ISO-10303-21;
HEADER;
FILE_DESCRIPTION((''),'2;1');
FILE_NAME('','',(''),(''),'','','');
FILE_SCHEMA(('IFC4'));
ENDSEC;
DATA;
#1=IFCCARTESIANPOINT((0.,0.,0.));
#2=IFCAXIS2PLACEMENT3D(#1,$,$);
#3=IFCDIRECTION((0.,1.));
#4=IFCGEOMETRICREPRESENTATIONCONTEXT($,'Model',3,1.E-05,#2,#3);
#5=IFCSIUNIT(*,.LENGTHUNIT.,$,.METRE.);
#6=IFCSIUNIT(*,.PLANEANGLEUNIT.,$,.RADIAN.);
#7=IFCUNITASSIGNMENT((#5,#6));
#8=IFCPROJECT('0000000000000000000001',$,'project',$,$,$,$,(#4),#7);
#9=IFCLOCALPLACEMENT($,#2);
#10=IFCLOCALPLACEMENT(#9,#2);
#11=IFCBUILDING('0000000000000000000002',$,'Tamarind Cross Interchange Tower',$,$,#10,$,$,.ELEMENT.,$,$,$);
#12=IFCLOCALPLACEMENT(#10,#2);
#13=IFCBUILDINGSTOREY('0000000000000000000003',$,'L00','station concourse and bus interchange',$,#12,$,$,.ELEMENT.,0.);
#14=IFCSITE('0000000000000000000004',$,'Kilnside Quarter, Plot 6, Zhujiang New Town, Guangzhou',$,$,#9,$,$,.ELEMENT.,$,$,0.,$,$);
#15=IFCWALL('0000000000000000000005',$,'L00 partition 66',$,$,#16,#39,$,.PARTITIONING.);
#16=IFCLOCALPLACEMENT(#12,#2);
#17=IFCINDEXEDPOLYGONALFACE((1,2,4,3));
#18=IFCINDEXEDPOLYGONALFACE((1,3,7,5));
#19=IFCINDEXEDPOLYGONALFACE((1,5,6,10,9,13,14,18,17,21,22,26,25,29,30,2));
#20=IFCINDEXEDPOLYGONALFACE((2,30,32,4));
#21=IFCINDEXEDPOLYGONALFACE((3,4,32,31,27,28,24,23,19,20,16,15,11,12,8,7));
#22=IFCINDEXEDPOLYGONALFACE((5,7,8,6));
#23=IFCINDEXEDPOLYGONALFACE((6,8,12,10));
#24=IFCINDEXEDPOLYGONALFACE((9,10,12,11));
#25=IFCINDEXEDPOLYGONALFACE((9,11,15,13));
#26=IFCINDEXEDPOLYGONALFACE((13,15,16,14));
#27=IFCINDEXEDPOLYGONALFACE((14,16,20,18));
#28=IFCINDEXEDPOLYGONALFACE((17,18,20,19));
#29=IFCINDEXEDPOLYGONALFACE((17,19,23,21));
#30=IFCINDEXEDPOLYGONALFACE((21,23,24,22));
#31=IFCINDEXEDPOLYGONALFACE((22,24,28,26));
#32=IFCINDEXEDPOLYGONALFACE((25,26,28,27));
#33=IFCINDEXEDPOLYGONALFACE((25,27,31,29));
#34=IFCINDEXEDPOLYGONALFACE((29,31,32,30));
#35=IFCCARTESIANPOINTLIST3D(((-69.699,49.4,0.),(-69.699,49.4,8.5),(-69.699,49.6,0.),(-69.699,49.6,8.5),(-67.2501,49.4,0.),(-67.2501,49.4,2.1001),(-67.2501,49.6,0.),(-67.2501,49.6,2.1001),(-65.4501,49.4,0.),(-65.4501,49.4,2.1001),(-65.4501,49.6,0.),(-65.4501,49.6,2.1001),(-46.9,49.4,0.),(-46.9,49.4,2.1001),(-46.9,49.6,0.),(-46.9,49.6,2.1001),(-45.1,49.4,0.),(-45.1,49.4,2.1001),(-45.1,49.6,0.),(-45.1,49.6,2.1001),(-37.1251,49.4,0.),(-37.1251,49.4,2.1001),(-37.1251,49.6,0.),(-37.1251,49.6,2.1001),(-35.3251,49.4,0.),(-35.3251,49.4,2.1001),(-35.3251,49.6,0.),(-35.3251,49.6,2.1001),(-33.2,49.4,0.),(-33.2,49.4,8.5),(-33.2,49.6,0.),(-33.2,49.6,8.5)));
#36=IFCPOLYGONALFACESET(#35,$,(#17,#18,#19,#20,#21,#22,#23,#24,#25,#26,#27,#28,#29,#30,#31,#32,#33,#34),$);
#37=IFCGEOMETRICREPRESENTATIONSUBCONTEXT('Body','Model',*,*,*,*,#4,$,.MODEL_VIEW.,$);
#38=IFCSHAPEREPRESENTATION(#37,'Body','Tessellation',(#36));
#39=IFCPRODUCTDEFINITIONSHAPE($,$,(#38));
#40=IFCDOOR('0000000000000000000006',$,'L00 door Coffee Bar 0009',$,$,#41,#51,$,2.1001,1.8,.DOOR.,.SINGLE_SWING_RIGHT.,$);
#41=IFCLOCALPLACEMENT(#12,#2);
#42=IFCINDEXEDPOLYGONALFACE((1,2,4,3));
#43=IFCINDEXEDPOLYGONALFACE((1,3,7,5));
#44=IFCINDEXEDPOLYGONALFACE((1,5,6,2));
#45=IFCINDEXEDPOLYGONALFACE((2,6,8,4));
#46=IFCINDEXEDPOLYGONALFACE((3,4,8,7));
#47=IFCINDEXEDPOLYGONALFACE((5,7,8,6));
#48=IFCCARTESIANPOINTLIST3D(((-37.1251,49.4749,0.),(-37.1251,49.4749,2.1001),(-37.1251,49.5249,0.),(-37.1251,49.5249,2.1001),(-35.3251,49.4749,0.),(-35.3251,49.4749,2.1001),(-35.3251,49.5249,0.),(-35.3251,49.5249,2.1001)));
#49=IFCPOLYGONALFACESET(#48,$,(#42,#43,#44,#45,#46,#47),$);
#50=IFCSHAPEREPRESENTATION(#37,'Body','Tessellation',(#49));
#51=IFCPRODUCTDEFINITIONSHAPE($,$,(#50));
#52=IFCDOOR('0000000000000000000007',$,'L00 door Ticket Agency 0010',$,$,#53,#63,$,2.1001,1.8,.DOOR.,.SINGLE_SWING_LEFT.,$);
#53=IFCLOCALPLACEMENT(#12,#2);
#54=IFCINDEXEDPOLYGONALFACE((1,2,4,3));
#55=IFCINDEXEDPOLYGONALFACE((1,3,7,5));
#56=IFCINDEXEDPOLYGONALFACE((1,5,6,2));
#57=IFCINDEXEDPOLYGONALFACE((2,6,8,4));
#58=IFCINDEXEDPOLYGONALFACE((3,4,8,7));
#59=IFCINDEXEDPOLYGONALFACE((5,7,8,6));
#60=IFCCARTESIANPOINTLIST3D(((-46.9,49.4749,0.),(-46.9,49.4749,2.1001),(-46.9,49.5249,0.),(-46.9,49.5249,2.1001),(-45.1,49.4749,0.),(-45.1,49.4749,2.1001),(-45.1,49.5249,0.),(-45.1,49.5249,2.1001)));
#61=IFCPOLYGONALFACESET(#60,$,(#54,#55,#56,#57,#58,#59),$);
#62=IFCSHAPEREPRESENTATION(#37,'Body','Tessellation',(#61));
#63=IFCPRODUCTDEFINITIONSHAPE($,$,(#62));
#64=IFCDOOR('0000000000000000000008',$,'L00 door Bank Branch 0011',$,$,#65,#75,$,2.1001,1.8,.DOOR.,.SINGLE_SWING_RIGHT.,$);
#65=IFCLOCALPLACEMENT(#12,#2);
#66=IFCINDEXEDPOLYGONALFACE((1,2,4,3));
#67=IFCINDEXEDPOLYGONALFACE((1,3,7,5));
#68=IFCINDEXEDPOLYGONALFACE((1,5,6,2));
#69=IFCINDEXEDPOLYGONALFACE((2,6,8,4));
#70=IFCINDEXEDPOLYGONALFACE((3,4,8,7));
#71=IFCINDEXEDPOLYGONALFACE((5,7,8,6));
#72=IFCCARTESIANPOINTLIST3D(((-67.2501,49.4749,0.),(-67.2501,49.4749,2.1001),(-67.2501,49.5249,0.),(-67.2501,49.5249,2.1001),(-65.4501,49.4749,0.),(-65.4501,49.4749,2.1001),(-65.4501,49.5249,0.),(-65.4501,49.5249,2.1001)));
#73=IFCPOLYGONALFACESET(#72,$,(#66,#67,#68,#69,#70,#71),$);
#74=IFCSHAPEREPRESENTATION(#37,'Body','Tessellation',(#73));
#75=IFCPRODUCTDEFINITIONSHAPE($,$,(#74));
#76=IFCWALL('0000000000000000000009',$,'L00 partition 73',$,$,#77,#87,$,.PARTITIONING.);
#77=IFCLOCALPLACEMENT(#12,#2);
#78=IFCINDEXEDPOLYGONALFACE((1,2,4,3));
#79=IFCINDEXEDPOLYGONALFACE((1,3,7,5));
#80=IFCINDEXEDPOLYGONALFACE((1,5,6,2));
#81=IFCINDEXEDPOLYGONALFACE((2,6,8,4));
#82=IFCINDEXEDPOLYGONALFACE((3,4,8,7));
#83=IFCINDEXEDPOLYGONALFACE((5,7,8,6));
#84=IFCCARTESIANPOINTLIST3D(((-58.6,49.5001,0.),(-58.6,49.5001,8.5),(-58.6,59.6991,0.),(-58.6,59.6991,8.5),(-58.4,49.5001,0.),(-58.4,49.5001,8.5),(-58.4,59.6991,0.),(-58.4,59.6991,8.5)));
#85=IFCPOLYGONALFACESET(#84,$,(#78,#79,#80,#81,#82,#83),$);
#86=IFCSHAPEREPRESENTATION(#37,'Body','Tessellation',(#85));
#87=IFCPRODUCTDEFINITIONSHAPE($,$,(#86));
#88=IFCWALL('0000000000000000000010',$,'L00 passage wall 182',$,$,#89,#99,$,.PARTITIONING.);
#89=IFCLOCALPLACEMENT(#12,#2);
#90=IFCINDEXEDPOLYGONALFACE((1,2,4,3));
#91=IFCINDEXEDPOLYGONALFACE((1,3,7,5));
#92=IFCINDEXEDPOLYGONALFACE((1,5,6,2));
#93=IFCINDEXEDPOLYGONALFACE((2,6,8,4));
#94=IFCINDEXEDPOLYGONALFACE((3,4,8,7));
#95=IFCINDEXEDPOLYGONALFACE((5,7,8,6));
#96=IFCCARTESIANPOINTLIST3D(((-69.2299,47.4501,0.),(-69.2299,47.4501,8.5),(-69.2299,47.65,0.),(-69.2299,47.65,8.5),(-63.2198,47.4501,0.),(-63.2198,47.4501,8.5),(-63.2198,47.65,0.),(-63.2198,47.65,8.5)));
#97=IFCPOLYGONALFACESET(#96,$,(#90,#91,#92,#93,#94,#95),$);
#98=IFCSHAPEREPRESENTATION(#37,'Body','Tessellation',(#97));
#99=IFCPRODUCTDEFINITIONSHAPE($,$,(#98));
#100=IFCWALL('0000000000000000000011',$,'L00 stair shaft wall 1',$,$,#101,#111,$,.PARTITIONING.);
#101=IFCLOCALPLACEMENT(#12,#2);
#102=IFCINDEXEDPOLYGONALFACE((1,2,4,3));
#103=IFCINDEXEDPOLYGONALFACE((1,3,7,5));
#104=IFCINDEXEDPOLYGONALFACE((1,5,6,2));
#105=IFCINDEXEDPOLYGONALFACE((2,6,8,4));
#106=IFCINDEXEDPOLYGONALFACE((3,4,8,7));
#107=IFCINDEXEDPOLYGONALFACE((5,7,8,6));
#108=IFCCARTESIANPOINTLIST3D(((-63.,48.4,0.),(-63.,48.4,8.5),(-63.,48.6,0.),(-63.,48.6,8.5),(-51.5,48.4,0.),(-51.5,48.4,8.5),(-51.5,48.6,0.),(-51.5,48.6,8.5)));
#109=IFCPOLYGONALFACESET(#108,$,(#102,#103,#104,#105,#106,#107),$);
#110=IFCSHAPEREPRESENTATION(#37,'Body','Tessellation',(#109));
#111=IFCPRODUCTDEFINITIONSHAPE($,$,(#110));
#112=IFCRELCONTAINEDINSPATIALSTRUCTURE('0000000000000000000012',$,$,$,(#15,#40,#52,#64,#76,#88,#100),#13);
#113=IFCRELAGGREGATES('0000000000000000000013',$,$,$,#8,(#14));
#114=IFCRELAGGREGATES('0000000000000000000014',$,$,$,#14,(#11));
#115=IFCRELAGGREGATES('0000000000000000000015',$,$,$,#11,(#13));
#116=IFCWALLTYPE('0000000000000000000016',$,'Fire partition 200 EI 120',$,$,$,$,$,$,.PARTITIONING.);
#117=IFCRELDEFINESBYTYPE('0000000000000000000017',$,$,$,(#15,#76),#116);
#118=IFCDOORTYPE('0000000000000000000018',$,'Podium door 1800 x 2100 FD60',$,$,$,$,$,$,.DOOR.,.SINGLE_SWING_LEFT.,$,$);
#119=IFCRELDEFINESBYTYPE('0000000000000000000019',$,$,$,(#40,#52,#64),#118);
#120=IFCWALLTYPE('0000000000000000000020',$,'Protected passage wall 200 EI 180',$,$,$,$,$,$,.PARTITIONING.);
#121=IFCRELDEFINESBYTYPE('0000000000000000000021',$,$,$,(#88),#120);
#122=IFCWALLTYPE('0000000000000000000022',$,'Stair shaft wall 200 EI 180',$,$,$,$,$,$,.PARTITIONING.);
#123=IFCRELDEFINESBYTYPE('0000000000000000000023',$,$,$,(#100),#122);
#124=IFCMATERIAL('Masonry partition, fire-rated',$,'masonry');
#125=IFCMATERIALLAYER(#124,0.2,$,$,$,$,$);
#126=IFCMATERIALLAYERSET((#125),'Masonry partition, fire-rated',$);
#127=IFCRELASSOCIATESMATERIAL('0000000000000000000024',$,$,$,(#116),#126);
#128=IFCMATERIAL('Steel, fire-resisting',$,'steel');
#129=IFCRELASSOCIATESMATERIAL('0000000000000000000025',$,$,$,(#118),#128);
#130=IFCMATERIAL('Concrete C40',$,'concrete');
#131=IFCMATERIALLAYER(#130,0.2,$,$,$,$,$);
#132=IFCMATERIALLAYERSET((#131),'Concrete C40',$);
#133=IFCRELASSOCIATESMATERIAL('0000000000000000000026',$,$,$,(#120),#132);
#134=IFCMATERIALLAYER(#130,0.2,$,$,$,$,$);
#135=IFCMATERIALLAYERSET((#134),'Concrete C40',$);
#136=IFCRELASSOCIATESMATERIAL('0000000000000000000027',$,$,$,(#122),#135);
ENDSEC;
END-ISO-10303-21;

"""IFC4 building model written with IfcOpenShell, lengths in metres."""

from ifc_helpers import new_model, si_unit, direction, frame, frame_2d, origin, place, context, subcontext, project, spatial, rectangle, extrude, material, layer, layer_set, type_object, element, fill, save


model = new_model("IFC4")

# Units and contexts
model_context = context("Model", 3, precision=1e-05, world=origin(), true_north=direction((0.0, 1.0)))
body_context = subcontext(model_context, "Body", "Model", "MODEL_VIEW")
ifc_project = project(units=[si_unit("LENGTHUNIT", "METRE"), si_unit("PLANEANGLEUNIT", "RADIAN")], contexts=[model_context])

# Site, building, storey
site_placement = place(None, origin())
site = spatial("IfcSite", under=ifc_project, at=site_placement, Name="Kilnside Quarter, Plot 6, Zhujiang New Town, Guangzhou", CompositionType="ELEMENT", RefElevation=0.0)
building_placement = place(site_placement, origin())
building = spatial("IfcBuilding", under=site, at=building_placement, Name="Tamarind Cross Interchange Tower", CompositionType="ELEMENT")
storey_placement = place(building_placement, origin())
storey = spatial("IfcBuildingStorey", under=building, at=storey_placement, Name="L00", Description="station concourse and bus interchange", CompositionType="ELEMENT", Elevation=0.0)

# Wall, openings, doors
ifc_material_1 = material(Name="Masonry partition, fire-rated", Category="masonry")
ifc_layer_1 = layer(ifc_material_1, 0.2)
ifc_layer_set_1 = layer_set([ifc_layer_1], Name="Masonry partition, fire-rated")
wall_type_1 = type_object("IfcWallType", Name="Fire partition 200 EI 120", PredefinedType="PARTITIONING", material=ifc_layer_set_1)
wall_1_placement = place(storey_placement, frame((-69.699, 49.5, 0.0), z_axis=(0.0, 0.0, 1.0), x_axis=(1.0, 0.0, 0.0)))
wall_1 = element("IfcWall", 1, at=wall_1_placement, inside=storey, type_object=wall_type_1, Name="L00 partition 66", PredefinedType="PARTITIONING", context=body_context, shape_type="SweptSolid", body=[
    extrude(rectangle(XDim=36.499, YDim=0.2, at=frame_2d((18.2495, 0.0))), origin(), (0.0, 0.0, 1.0), 8.5),
])
opening_1_placement = place(wall_1_placement, frame((32.574, 0.0, 0.0)))
opening_1 = element("IfcOpeningElement", 2, at=opening_1_placement, cuts=wall_1, PredefinedType="OPENING", context=body_context, shape_type="SweptSolid", body=[
    extrude(rectangle(XDim=1.8, YDim=2.1001, at=frame_2d((0.8999, 1.05))), frame((0.0, 0.1099, 0.0), z_axis=(0.0, -1.0, 0.0), x_axis=(1.0, 0.0, 0.0)), (0.0, 0.0, 1.0), 0.22),
])
opening_2_placement = place(wall_1_placement, frame((22.7991, 0.0, 0.0)))
opening_2 = element("IfcOpeningElement", 3, at=opening_2_placement, cuts=wall_1, PredefinedType="OPENING", context=body_context, shape_type="SweptSolid", body=[
    extrude(rectangle(XDim=1.8, YDim=2.1001, at=frame_2d((0.8999, 1.05))), frame((0.0, 0.1099, 0.0), z_axis=(0.0, -1.0, 0.0), x_axis=(1.0, 0.0, 0.0)), (0.0, 0.0, 1.0), 0.22),
])
opening_3_placement = place(wall_1_placement, frame((2.449, 0.0, 0.0)))
opening_3 = element("IfcOpeningElement", 4, at=opening_3_placement, cuts=wall_1, PredefinedType="OPENING", context=body_context, shape_type="SweptSolid", body=[
    extrude(rectangle(XDim=1.8, YDim=2.1001, at=frame_2d((0.8999, 1.05))), frame((0.0, 0.1099, 0.0), z_axis=(0.0, -1.0, 0.0), x_axis=(1.0, 0.0, 0.0)), (0.0, 0.0, 1.0), 0.22),
])
ifc_material_2 = material(Name="Steel, fire-resisting", Category="steel")
door_type_1 = type_object("IfcDoorType", Name="Podium door 1800 x 2100 FD60", OperationType="SINGLE_SWING_LEFT", PredefinedType="DOOR", material=ifc_material_2)
door_1_placement = place(opening_1_placement, origin())
door_1 = element("IfcDoor", 5, at=door_1_placement, inside=storey, type_object=door_type_1, Name="L00 door Coffee Bar 0009", OperationType="SINGLE_SWING_RIGHT", OverallHeight=2.1001, OverallWidth=1.8, PredefinedType="DOOR", context=body_context, shape_type="SweptSolid", body=[
    extrude(rectangle(XDim=1.8, YDim=2.1001, at=frame_2d((0.8999, 1.05))), frame((0.0, 0.0249, 0.0), z_axis=(0.0, -1.0, 0.0), x_axis=(1.0, 0.0, 0.0)), (0.0, 0.0, 1.0), 0.05),
])
fill(opening_1, door_1)
door_2_placement = place(opening_2_placement, origin())
door_2 = element("IfcDoor", 6, at=door_2_placement, inside=storey, type_object=door_type_1, Name="L00 door Ticket Agency 0010", OperationType="SINGLE_SWING_LEFT", OverallHeight=2.1001, OverallWidth=1.8, PredefinedType="DOOR", context=body_context, shape_type="SweptSolid", body=[
    extrude(rectangle(XDim=1.8, YDim=2.1001, at=frame_2d((0.8999, 1.05))), frame((0.0, 0.0249, 0.0), z_axis=(0.0, -1.0, 0.0), x_axis=(1.0, 0.0, 0.0)), (0.0, 0.0, 1.0), 0.05),
])
fill(opening_2, door_2)
door_3_placement = place(opening_3_placement, origin())
door_3 = element("IfcDoor", 7, at=door_3_placement, inside=storey, type_object=door_type_1, Name="L00 door Bank Branch 0011", OperationType="SINGLE_SWING_RIGHT", OverallHeight=2.1001, OverallWidth=1.8, PredefinedType="DOOR", context=body_context, shape_type="SweptSolid", body=[
    extrude(rectangle(XDim=1.8, YDim=2.1001, at=frame_2d((0.8999, 1.05))), frame((0.0, 0.0249, 0.0), z_axis=(0.0, -1.0, 0.0), x_axis=(1.0, 0.0, 0.0)), (0.0, 0.0, 1.0), 0.05),
])
fill(opening_3, door_3)

# Wall
wall_2_placement = place(storey_placement, frame((-58.5, 49.5, 0.0), z_axis=(0.0, 0.0, 1.0), x_axis=(0.0, 1.0, 0.0)))
element("IfcWall", 8, at=wall_2_placement, inside=storey, type_object=wall_type_1, Name="L00 partition 73", PredefinedType="PARTITIONING", context=body_context, shape_type="SweptSolid", body=[
    extrude(rectangle(XDim=10.199, YDim=0.2, at=frame_2d((5.0996, 0.0))), origin(), (0.0, 0.0, 1.0), 8.5),
])

# Walls
ifc_material_3 = material(Name="Concrete C40", Category="concrete")
ifc_layer_2 = layer(ifc_material_3, 0.2)
ifc_layer_set_2 = layer_set([ifc_layer_2], Name="Concrete C40")
wall_type_2 = type_object("IfcWallType", Name="Protected passage wall 200 EI 180", PredefinedType="PARTITIONING", material=ifc_layer_set_2)
wall_3_placement = place(storey_placement, frame((-63.22, 47.55, 0.0), z_axis=(0.0, 0.0, 1.0), x_axis=(-1.0, 0.0, 0.0)))
element("IfcWall", 9, at=wall_3_placement, inside=storey, type_object=wall_type_2, Name="L00 passage wall 182", PredefinedType="PARTITIONING", context=body_context, shape_type="SweptSolid", body=[
    extrude(rectangle(XDim=6.01, YDim=0.2, at=frame_2d((3.0049, 0.0))), origin(), (0.0, 0.0, 1.0), 8.5),
])
ifc_layer_3 = layer(ifc_material_3, 0.2)
ifc_layer_set_3 = layer_set([ifc_layer_3], Name="Concrete C40")
wall_type_3 = type_object("IfcWallType", Name="Stair shaft wall 200 EI 180", PredefinedType="PARTITIONING", material=ifc_layer_set_3)
wall_4_placement = place(storey_placement, frame((-63.0, 48.5, 0.0), z_axis=(0.0, 0.0, 1.0), x_axis=(1.0, 0.0, 0.0)))
element("IfcWall", 10, at=wall_4_placement, inside=storey, type_object=wall_type_3, Name="L00 stair shaft wall 1", PredefinedType="PARTITIONING", context=body_context, shape_type="SweptSolid", body=[
    extrude(rectangle(XDim=11.5, YDim=0.2, at=frame_2d((5.75, 0.0))), origin(), (0.0, 0.0, 1.0), 8.5),
])

save(model, "model.ifc")
